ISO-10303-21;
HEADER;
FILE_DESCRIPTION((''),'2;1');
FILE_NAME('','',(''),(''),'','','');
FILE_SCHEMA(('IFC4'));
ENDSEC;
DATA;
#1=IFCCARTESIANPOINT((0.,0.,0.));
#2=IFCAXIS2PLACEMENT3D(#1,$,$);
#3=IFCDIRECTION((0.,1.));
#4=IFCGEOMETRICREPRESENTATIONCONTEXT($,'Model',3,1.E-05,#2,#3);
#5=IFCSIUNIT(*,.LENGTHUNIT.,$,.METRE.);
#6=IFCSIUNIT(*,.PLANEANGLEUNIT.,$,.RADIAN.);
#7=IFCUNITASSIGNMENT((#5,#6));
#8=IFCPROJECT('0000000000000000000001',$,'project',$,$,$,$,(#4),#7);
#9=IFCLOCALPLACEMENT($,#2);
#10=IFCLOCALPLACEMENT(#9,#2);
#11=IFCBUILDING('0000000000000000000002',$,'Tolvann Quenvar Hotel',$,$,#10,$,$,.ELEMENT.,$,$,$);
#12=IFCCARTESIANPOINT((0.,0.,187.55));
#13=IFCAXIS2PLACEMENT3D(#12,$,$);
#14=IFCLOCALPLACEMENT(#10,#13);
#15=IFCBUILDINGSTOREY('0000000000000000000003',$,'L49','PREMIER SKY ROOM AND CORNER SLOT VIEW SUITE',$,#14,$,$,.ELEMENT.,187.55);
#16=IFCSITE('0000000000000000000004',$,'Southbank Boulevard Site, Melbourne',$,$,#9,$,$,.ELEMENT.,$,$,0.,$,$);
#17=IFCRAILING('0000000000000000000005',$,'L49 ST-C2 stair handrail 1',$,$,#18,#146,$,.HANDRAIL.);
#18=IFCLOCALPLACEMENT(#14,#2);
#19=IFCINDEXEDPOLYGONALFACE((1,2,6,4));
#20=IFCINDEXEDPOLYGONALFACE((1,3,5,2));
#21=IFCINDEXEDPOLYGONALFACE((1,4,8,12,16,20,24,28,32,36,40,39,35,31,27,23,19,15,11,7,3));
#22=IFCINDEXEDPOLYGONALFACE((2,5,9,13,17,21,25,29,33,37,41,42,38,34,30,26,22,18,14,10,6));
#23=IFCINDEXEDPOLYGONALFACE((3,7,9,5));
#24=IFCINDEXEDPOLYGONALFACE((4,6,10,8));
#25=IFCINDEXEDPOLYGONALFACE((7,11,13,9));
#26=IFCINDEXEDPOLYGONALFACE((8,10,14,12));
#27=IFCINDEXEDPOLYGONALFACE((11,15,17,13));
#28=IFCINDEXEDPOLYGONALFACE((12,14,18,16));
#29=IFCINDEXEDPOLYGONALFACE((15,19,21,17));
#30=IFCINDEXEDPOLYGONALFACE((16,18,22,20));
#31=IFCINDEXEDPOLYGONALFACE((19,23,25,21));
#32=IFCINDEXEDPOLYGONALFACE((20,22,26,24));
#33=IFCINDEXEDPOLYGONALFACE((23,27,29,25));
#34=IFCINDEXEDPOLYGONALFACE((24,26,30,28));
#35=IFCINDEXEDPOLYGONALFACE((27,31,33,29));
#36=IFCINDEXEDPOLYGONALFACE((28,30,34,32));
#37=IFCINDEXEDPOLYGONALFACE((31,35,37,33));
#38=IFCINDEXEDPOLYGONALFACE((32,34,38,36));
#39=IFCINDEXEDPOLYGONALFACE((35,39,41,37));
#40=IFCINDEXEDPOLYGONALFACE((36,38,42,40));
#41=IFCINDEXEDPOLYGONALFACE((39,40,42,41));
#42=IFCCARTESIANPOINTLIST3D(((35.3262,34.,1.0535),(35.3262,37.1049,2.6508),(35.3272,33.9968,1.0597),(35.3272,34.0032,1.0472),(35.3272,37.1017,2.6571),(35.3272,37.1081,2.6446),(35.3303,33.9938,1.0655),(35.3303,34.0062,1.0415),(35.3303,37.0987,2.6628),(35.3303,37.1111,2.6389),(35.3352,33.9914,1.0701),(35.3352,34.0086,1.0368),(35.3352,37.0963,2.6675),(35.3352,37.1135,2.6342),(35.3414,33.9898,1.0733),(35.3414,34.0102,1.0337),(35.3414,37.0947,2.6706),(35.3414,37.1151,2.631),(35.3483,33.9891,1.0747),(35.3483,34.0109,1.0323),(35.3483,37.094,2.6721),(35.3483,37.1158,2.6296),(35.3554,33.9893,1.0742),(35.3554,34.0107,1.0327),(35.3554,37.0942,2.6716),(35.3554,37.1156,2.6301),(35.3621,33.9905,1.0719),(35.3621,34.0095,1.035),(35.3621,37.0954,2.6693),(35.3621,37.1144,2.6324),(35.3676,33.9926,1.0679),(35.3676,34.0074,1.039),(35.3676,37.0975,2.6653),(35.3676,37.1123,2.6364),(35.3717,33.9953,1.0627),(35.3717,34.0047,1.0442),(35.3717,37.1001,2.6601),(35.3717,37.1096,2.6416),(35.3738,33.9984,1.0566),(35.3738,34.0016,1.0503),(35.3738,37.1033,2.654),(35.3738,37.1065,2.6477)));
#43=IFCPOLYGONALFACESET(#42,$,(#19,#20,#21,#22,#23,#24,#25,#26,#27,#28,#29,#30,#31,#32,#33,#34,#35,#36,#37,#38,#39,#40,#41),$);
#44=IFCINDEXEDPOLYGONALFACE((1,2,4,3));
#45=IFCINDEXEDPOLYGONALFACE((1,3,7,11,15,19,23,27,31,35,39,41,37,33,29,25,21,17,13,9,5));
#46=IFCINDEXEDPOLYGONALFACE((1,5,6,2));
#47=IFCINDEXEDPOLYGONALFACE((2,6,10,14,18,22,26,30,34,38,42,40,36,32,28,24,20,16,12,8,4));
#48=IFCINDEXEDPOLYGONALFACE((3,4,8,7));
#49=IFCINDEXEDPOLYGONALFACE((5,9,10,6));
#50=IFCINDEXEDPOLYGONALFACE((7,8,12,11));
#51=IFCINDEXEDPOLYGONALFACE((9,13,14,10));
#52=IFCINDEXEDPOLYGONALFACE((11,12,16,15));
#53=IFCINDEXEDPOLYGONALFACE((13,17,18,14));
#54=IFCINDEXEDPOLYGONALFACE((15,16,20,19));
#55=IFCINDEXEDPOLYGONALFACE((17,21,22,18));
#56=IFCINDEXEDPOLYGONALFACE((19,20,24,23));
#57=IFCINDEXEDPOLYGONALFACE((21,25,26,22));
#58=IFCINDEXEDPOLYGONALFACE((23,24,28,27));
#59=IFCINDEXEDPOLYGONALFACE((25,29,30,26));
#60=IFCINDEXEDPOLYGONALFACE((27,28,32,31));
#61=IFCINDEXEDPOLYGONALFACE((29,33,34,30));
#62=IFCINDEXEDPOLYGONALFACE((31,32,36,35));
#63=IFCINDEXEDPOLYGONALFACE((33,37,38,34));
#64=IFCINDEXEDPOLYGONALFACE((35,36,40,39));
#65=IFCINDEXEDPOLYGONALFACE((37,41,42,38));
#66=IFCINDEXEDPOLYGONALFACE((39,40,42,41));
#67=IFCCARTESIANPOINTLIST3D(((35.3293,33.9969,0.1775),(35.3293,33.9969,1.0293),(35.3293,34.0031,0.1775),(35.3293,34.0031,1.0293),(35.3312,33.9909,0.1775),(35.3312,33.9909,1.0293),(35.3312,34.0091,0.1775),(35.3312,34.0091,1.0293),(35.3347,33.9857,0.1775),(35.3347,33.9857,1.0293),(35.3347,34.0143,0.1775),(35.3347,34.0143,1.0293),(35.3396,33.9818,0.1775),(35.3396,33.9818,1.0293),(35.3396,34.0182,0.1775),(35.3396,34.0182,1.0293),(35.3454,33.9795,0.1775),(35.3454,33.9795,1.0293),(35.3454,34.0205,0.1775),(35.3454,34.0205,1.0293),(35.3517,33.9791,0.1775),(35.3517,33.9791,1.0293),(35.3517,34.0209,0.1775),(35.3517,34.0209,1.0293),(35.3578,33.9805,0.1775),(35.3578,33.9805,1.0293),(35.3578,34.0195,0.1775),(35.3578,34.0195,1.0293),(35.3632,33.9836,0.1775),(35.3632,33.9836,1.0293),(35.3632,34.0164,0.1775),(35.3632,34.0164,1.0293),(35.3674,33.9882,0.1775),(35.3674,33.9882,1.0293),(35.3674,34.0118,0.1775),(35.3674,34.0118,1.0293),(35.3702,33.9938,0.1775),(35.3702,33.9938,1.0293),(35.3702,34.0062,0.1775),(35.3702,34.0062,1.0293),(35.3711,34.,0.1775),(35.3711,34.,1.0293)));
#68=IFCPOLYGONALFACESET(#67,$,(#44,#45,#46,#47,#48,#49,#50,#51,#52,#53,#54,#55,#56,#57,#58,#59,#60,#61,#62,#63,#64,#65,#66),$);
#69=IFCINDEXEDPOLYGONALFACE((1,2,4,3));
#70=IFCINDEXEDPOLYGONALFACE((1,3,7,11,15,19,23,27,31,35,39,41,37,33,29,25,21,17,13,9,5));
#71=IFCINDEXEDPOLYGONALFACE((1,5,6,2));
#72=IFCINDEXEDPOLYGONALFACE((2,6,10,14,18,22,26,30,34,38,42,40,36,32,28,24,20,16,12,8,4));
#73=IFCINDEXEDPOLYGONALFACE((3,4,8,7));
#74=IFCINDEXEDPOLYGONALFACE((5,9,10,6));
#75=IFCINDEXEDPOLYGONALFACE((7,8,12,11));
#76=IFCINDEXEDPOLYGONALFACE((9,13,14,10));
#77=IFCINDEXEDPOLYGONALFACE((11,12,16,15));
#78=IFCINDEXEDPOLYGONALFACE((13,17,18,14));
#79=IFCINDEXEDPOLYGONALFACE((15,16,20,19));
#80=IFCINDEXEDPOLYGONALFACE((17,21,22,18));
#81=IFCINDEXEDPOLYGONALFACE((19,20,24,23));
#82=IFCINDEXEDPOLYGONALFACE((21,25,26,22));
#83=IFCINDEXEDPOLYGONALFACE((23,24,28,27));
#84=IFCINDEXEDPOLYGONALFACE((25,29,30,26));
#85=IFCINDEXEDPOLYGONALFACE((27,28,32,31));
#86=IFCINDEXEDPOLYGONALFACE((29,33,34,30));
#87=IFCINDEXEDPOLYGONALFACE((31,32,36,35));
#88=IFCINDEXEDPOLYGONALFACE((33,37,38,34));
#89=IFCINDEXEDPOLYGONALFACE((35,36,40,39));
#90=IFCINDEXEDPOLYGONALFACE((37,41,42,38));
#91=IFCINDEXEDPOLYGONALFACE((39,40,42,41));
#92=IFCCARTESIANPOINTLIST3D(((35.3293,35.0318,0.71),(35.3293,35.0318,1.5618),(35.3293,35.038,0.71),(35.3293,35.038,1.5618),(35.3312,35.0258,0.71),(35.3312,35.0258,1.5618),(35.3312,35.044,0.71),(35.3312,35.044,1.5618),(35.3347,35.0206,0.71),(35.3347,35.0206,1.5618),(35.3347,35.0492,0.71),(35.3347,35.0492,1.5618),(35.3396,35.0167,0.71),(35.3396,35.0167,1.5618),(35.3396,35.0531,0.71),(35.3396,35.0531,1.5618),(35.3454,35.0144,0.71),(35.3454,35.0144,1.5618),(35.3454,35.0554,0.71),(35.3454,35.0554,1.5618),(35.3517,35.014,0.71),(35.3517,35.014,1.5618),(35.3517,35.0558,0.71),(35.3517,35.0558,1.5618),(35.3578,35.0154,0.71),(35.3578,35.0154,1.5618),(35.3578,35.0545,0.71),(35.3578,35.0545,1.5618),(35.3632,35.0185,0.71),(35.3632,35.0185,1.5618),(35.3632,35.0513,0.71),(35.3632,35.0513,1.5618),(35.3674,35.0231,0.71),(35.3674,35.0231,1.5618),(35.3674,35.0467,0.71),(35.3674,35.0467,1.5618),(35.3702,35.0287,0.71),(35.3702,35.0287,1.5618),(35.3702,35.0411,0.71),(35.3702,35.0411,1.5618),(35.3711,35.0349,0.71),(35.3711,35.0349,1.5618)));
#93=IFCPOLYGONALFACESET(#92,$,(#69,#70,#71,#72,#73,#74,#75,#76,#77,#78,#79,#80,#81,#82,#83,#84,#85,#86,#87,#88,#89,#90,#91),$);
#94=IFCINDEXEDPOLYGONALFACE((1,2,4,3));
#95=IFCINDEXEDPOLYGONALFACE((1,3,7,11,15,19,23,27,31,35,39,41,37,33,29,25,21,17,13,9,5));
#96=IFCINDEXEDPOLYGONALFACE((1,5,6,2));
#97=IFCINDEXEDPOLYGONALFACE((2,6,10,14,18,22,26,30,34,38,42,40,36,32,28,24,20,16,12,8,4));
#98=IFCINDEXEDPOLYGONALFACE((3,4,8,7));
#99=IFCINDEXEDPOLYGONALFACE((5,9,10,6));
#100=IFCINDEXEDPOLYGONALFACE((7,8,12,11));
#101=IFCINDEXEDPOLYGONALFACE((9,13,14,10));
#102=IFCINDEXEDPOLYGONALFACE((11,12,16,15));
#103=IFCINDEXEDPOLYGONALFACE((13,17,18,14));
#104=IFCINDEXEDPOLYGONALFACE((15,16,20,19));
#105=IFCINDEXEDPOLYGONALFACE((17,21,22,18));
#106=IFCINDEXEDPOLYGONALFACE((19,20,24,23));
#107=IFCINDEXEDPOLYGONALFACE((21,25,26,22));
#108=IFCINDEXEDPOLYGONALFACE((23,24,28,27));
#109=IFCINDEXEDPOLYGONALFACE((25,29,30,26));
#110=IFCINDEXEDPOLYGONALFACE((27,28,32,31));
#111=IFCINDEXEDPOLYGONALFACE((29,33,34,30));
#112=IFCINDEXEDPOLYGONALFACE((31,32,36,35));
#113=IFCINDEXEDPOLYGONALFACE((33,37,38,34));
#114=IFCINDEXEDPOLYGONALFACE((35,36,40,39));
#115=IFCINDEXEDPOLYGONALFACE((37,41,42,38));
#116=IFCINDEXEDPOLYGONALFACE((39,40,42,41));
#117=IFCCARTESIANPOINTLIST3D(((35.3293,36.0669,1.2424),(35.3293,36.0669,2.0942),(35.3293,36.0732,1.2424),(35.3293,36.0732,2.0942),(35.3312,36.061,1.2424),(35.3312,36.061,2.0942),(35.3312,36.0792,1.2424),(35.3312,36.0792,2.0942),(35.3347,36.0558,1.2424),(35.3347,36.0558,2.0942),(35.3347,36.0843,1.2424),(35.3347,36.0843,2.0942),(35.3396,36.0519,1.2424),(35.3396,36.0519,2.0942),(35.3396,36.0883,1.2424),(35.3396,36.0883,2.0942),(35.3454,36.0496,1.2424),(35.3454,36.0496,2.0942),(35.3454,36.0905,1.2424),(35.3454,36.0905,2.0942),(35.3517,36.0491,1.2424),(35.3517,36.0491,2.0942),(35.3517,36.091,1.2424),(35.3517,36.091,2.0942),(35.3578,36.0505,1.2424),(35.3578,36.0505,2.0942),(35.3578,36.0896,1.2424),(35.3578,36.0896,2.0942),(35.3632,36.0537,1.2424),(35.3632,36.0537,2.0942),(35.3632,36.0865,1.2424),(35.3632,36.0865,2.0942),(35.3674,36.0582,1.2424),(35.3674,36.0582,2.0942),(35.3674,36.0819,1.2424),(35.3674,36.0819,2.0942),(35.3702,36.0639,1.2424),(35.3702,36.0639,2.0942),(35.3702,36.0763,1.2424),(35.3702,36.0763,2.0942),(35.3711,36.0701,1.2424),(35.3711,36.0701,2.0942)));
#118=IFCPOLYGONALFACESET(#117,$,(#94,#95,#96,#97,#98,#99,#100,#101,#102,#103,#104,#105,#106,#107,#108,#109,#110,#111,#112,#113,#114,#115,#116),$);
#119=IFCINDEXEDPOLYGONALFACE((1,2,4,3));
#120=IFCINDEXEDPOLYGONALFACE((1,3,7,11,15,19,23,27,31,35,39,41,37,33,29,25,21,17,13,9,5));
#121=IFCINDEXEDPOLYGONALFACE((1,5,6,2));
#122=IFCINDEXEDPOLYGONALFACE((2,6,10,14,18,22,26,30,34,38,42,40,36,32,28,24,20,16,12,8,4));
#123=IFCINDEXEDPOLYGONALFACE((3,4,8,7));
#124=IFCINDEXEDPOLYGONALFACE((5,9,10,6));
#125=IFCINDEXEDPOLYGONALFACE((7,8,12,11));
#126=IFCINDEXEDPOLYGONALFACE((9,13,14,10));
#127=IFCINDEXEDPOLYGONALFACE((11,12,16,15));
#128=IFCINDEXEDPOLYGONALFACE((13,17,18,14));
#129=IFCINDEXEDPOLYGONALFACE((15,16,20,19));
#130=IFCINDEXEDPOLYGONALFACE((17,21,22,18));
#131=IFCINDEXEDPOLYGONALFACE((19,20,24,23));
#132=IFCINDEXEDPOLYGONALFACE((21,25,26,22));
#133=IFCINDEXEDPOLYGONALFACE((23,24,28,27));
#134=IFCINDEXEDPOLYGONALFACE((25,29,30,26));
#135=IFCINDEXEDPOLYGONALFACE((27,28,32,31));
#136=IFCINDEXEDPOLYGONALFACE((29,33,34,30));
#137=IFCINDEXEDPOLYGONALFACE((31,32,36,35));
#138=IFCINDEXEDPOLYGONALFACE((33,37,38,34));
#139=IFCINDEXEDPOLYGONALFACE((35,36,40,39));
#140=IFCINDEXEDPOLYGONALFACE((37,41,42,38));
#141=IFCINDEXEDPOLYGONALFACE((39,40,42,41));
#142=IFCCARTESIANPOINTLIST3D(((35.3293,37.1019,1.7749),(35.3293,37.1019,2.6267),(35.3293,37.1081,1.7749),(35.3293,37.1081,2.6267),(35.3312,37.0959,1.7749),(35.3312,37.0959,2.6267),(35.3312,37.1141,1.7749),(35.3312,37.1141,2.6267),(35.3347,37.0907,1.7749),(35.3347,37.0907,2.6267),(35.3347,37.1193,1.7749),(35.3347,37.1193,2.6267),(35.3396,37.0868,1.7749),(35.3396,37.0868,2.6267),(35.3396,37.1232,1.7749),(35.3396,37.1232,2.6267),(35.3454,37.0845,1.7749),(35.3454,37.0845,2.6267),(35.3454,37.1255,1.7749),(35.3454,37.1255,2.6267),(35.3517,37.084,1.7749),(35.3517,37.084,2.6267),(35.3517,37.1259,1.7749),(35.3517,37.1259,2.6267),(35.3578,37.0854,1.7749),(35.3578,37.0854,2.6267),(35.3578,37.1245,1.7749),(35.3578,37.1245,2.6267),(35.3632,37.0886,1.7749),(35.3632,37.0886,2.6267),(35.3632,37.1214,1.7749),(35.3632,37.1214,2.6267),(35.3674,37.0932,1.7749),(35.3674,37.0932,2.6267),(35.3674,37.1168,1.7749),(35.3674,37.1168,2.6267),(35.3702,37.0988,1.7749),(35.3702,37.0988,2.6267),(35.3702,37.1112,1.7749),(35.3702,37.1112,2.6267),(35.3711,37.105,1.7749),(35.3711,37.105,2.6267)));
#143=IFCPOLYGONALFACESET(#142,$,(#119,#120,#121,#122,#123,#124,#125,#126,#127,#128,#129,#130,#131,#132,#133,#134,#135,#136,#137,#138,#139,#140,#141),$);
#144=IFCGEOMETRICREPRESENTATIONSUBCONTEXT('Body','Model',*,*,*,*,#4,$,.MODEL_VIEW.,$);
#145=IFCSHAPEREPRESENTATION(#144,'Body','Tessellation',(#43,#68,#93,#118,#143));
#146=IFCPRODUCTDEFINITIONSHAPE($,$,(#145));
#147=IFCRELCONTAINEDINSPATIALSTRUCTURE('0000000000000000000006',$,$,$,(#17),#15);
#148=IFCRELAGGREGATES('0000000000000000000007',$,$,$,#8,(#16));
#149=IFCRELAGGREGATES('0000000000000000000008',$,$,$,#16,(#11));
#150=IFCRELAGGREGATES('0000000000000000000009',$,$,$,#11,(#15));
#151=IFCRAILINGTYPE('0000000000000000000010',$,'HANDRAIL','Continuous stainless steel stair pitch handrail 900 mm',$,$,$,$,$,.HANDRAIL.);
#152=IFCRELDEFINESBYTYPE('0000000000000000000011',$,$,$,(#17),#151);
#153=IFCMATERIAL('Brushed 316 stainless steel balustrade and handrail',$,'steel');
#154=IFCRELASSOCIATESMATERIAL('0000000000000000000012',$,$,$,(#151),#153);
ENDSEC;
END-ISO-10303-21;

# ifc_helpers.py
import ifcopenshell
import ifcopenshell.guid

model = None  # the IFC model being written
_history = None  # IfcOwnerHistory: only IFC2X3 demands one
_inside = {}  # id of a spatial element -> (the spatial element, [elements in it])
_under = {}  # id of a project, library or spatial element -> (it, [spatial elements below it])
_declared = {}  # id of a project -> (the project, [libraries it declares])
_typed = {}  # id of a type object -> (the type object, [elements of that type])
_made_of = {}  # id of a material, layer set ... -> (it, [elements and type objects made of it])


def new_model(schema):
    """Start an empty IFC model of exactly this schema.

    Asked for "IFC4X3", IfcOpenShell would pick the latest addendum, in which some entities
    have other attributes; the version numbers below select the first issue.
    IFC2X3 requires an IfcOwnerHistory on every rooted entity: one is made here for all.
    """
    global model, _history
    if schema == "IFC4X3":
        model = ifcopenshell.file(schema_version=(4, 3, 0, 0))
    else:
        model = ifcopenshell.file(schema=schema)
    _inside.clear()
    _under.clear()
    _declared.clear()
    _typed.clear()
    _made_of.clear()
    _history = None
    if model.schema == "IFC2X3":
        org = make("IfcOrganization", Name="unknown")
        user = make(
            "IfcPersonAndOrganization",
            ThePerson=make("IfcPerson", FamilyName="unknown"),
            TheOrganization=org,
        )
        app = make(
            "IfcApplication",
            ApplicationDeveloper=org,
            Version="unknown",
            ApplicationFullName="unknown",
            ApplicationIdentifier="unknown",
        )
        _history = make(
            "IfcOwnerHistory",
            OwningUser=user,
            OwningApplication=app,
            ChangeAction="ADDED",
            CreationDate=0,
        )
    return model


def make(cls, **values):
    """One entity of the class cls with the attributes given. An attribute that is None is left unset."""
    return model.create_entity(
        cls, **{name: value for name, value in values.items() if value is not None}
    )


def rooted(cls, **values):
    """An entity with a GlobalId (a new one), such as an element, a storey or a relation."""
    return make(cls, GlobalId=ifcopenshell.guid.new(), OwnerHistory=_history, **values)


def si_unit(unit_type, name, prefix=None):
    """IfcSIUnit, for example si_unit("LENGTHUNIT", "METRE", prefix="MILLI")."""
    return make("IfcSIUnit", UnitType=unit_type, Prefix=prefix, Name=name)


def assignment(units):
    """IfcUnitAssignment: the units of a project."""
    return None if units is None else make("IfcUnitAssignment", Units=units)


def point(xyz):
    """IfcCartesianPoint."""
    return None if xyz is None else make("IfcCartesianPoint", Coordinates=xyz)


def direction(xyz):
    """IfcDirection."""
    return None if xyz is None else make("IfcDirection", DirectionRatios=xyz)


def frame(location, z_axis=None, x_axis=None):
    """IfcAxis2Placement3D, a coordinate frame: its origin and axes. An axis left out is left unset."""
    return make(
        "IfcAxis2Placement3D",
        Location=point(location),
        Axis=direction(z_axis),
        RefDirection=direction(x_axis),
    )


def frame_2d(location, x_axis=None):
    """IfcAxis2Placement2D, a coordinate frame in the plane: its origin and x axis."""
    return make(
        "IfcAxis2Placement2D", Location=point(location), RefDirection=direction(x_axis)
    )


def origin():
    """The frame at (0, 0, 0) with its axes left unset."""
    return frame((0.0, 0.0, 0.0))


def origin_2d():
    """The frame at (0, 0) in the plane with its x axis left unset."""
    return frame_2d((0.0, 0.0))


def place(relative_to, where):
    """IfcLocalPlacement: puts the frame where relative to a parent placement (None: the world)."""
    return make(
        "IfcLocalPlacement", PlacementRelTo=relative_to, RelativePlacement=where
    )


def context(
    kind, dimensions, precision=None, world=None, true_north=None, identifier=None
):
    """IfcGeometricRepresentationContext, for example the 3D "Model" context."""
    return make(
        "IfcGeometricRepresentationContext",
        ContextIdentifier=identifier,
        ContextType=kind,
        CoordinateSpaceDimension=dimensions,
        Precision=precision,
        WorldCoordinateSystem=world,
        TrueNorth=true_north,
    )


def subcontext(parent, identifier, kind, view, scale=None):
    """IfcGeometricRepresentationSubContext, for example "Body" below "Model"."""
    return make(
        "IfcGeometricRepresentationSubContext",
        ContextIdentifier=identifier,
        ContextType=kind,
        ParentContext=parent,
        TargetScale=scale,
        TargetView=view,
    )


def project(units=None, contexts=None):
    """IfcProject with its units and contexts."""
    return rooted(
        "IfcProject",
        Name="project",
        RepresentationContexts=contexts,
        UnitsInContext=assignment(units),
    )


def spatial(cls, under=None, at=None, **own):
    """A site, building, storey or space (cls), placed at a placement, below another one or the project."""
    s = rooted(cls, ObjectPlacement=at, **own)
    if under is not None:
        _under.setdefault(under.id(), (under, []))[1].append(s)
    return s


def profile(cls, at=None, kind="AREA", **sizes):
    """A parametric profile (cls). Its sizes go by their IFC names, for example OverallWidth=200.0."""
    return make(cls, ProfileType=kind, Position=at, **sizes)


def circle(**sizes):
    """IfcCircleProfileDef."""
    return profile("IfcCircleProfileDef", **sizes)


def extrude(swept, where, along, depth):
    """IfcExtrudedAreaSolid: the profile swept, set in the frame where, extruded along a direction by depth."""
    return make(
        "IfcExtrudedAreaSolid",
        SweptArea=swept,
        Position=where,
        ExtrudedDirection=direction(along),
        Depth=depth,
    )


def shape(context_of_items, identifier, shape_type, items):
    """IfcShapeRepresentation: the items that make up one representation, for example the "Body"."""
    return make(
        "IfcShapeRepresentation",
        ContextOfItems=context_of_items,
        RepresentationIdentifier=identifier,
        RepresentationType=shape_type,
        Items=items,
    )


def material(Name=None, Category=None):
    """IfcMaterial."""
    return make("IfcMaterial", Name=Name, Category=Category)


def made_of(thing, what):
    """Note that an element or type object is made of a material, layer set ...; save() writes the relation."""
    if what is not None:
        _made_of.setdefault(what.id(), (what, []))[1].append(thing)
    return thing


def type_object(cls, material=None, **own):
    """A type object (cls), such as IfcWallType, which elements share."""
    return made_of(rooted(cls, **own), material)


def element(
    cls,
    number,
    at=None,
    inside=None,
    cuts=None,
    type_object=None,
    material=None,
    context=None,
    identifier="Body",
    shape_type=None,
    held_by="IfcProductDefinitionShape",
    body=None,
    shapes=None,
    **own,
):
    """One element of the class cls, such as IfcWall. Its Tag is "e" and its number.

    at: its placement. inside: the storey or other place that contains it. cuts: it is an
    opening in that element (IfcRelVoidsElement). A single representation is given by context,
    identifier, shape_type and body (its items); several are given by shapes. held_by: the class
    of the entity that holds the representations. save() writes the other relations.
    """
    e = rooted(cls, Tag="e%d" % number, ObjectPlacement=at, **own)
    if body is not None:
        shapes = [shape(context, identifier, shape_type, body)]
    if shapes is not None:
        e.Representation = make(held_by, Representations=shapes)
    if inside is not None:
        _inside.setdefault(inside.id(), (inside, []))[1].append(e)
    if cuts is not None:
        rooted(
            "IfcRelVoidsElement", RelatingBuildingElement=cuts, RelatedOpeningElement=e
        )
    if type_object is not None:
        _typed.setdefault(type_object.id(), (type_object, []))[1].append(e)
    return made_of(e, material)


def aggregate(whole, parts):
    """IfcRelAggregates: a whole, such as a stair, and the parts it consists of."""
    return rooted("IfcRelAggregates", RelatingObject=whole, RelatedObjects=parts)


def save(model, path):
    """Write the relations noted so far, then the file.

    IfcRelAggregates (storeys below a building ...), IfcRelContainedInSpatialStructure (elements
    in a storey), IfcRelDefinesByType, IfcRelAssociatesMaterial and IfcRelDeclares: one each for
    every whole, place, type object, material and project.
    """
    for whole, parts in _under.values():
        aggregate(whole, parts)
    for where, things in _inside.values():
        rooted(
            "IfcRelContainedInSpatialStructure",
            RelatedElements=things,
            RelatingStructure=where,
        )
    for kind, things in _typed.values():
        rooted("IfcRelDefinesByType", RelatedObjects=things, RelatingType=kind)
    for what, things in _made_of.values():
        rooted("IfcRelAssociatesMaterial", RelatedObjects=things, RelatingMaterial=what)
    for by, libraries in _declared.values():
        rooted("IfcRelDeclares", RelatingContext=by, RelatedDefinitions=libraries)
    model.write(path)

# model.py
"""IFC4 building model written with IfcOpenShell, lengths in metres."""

from ifc_helpers import new_model, si_unit, direction, frame, origin, origin_2d, place, context, subcontext, project, spatial, circle, extrude, material, type_object, element, save


model = new_model("IFC4")

# Units and contexts
model_context = context("Model", 3, precision=1e-05, world=origin(), true_north=direction((0.0, 1.0)))
body_context = subcontext(model_context, "Body", "Model", "MODEL_VIEW")
ifc_project = project(units=[si_unit("LENGTHUNIT", "METRE"), si_unit("PLANEANGLEUNIT", "RADIAN")], contexts=[model_context])

# Site, building, storey
site_placement = place(None, origin())
site = spatial("IfcSite", under=ifc_project, at=site_placement, Name="Southbank Boulevard Site, Melbourne", CompositionType="ELEMENT", RefElevation=0.0)
building_placement = place(site_placement, origin())
building = spatial("IfcBuilding", under=site, at=building_placement, Name="Tolvann Quenvar Hotel", CompositionType="ELEMENT")
storey_placement = place(building_placement, frame((0.0, 0.0, 187.55)))
storey = spatial("IfcBuildingStorey", under=building, at=storey_placement, Name="L49", Description="PREMIER SKY ROOM AND CORNER SLOT VIEW SUITE", CompositionType="ELEMENT", Elevation=187.55)

# Railing
ifc_material_1 = material(Name="Brushed 316 stainless steel balustrade and handrail", Category="steel")
railing_type_1 = type_object("IfcRailingType", Name="HANDRAIL", Description="Continuous stainless steel stair pitch handrail 900 mm", PredefinedType="HANDRAIL", material=ifc_material_1)
railing_1_placement = place(storey_placement, frame((35.3501, 34.0, 0.1775)))
element("IfcRailing", 1, at=railing_1_placement, inside=storey, type_object=railing_type_1, Name="L49 ST-C2 stair handrail 1", PredefinedType="HANDRAIL", context=body_context, shape_type="SweptSolid", body=[
    extrude(circle(Radius=0.0239, at=origin_2d()), frame((0.0, 0.0, 0.876), z_axis=(0.0, 0.889222, 0.457476), x_axis=(-1.0, 0.0, 0.0)), (0.0, 0.0, 1.0), 3.4917),
    extrude(circle(Radius=0.021, at=origin_2d()), origin(), (0.0, 0.0, 1.0), 0.8518),
    extrude(circle(Radius=0.021, at=origin_2d()), frame((0.0, 1.0349, 0.5325)), (0.0, 0.0, 1.0), 0.8518),
    extrude(circle(Radius=0.021, at=origin_2d()), frame((0.0, 2.0701, 1.0649)), (0.0, 0.0, 1.0), 0.8518),
    extrude(circle(Radius=0.021, at=origin_2d()), frame((0.0, 3.105, 1.5974)), (0.0, 0.0, 1.0), 0.8518),
])

save(model, "model.ifc")
